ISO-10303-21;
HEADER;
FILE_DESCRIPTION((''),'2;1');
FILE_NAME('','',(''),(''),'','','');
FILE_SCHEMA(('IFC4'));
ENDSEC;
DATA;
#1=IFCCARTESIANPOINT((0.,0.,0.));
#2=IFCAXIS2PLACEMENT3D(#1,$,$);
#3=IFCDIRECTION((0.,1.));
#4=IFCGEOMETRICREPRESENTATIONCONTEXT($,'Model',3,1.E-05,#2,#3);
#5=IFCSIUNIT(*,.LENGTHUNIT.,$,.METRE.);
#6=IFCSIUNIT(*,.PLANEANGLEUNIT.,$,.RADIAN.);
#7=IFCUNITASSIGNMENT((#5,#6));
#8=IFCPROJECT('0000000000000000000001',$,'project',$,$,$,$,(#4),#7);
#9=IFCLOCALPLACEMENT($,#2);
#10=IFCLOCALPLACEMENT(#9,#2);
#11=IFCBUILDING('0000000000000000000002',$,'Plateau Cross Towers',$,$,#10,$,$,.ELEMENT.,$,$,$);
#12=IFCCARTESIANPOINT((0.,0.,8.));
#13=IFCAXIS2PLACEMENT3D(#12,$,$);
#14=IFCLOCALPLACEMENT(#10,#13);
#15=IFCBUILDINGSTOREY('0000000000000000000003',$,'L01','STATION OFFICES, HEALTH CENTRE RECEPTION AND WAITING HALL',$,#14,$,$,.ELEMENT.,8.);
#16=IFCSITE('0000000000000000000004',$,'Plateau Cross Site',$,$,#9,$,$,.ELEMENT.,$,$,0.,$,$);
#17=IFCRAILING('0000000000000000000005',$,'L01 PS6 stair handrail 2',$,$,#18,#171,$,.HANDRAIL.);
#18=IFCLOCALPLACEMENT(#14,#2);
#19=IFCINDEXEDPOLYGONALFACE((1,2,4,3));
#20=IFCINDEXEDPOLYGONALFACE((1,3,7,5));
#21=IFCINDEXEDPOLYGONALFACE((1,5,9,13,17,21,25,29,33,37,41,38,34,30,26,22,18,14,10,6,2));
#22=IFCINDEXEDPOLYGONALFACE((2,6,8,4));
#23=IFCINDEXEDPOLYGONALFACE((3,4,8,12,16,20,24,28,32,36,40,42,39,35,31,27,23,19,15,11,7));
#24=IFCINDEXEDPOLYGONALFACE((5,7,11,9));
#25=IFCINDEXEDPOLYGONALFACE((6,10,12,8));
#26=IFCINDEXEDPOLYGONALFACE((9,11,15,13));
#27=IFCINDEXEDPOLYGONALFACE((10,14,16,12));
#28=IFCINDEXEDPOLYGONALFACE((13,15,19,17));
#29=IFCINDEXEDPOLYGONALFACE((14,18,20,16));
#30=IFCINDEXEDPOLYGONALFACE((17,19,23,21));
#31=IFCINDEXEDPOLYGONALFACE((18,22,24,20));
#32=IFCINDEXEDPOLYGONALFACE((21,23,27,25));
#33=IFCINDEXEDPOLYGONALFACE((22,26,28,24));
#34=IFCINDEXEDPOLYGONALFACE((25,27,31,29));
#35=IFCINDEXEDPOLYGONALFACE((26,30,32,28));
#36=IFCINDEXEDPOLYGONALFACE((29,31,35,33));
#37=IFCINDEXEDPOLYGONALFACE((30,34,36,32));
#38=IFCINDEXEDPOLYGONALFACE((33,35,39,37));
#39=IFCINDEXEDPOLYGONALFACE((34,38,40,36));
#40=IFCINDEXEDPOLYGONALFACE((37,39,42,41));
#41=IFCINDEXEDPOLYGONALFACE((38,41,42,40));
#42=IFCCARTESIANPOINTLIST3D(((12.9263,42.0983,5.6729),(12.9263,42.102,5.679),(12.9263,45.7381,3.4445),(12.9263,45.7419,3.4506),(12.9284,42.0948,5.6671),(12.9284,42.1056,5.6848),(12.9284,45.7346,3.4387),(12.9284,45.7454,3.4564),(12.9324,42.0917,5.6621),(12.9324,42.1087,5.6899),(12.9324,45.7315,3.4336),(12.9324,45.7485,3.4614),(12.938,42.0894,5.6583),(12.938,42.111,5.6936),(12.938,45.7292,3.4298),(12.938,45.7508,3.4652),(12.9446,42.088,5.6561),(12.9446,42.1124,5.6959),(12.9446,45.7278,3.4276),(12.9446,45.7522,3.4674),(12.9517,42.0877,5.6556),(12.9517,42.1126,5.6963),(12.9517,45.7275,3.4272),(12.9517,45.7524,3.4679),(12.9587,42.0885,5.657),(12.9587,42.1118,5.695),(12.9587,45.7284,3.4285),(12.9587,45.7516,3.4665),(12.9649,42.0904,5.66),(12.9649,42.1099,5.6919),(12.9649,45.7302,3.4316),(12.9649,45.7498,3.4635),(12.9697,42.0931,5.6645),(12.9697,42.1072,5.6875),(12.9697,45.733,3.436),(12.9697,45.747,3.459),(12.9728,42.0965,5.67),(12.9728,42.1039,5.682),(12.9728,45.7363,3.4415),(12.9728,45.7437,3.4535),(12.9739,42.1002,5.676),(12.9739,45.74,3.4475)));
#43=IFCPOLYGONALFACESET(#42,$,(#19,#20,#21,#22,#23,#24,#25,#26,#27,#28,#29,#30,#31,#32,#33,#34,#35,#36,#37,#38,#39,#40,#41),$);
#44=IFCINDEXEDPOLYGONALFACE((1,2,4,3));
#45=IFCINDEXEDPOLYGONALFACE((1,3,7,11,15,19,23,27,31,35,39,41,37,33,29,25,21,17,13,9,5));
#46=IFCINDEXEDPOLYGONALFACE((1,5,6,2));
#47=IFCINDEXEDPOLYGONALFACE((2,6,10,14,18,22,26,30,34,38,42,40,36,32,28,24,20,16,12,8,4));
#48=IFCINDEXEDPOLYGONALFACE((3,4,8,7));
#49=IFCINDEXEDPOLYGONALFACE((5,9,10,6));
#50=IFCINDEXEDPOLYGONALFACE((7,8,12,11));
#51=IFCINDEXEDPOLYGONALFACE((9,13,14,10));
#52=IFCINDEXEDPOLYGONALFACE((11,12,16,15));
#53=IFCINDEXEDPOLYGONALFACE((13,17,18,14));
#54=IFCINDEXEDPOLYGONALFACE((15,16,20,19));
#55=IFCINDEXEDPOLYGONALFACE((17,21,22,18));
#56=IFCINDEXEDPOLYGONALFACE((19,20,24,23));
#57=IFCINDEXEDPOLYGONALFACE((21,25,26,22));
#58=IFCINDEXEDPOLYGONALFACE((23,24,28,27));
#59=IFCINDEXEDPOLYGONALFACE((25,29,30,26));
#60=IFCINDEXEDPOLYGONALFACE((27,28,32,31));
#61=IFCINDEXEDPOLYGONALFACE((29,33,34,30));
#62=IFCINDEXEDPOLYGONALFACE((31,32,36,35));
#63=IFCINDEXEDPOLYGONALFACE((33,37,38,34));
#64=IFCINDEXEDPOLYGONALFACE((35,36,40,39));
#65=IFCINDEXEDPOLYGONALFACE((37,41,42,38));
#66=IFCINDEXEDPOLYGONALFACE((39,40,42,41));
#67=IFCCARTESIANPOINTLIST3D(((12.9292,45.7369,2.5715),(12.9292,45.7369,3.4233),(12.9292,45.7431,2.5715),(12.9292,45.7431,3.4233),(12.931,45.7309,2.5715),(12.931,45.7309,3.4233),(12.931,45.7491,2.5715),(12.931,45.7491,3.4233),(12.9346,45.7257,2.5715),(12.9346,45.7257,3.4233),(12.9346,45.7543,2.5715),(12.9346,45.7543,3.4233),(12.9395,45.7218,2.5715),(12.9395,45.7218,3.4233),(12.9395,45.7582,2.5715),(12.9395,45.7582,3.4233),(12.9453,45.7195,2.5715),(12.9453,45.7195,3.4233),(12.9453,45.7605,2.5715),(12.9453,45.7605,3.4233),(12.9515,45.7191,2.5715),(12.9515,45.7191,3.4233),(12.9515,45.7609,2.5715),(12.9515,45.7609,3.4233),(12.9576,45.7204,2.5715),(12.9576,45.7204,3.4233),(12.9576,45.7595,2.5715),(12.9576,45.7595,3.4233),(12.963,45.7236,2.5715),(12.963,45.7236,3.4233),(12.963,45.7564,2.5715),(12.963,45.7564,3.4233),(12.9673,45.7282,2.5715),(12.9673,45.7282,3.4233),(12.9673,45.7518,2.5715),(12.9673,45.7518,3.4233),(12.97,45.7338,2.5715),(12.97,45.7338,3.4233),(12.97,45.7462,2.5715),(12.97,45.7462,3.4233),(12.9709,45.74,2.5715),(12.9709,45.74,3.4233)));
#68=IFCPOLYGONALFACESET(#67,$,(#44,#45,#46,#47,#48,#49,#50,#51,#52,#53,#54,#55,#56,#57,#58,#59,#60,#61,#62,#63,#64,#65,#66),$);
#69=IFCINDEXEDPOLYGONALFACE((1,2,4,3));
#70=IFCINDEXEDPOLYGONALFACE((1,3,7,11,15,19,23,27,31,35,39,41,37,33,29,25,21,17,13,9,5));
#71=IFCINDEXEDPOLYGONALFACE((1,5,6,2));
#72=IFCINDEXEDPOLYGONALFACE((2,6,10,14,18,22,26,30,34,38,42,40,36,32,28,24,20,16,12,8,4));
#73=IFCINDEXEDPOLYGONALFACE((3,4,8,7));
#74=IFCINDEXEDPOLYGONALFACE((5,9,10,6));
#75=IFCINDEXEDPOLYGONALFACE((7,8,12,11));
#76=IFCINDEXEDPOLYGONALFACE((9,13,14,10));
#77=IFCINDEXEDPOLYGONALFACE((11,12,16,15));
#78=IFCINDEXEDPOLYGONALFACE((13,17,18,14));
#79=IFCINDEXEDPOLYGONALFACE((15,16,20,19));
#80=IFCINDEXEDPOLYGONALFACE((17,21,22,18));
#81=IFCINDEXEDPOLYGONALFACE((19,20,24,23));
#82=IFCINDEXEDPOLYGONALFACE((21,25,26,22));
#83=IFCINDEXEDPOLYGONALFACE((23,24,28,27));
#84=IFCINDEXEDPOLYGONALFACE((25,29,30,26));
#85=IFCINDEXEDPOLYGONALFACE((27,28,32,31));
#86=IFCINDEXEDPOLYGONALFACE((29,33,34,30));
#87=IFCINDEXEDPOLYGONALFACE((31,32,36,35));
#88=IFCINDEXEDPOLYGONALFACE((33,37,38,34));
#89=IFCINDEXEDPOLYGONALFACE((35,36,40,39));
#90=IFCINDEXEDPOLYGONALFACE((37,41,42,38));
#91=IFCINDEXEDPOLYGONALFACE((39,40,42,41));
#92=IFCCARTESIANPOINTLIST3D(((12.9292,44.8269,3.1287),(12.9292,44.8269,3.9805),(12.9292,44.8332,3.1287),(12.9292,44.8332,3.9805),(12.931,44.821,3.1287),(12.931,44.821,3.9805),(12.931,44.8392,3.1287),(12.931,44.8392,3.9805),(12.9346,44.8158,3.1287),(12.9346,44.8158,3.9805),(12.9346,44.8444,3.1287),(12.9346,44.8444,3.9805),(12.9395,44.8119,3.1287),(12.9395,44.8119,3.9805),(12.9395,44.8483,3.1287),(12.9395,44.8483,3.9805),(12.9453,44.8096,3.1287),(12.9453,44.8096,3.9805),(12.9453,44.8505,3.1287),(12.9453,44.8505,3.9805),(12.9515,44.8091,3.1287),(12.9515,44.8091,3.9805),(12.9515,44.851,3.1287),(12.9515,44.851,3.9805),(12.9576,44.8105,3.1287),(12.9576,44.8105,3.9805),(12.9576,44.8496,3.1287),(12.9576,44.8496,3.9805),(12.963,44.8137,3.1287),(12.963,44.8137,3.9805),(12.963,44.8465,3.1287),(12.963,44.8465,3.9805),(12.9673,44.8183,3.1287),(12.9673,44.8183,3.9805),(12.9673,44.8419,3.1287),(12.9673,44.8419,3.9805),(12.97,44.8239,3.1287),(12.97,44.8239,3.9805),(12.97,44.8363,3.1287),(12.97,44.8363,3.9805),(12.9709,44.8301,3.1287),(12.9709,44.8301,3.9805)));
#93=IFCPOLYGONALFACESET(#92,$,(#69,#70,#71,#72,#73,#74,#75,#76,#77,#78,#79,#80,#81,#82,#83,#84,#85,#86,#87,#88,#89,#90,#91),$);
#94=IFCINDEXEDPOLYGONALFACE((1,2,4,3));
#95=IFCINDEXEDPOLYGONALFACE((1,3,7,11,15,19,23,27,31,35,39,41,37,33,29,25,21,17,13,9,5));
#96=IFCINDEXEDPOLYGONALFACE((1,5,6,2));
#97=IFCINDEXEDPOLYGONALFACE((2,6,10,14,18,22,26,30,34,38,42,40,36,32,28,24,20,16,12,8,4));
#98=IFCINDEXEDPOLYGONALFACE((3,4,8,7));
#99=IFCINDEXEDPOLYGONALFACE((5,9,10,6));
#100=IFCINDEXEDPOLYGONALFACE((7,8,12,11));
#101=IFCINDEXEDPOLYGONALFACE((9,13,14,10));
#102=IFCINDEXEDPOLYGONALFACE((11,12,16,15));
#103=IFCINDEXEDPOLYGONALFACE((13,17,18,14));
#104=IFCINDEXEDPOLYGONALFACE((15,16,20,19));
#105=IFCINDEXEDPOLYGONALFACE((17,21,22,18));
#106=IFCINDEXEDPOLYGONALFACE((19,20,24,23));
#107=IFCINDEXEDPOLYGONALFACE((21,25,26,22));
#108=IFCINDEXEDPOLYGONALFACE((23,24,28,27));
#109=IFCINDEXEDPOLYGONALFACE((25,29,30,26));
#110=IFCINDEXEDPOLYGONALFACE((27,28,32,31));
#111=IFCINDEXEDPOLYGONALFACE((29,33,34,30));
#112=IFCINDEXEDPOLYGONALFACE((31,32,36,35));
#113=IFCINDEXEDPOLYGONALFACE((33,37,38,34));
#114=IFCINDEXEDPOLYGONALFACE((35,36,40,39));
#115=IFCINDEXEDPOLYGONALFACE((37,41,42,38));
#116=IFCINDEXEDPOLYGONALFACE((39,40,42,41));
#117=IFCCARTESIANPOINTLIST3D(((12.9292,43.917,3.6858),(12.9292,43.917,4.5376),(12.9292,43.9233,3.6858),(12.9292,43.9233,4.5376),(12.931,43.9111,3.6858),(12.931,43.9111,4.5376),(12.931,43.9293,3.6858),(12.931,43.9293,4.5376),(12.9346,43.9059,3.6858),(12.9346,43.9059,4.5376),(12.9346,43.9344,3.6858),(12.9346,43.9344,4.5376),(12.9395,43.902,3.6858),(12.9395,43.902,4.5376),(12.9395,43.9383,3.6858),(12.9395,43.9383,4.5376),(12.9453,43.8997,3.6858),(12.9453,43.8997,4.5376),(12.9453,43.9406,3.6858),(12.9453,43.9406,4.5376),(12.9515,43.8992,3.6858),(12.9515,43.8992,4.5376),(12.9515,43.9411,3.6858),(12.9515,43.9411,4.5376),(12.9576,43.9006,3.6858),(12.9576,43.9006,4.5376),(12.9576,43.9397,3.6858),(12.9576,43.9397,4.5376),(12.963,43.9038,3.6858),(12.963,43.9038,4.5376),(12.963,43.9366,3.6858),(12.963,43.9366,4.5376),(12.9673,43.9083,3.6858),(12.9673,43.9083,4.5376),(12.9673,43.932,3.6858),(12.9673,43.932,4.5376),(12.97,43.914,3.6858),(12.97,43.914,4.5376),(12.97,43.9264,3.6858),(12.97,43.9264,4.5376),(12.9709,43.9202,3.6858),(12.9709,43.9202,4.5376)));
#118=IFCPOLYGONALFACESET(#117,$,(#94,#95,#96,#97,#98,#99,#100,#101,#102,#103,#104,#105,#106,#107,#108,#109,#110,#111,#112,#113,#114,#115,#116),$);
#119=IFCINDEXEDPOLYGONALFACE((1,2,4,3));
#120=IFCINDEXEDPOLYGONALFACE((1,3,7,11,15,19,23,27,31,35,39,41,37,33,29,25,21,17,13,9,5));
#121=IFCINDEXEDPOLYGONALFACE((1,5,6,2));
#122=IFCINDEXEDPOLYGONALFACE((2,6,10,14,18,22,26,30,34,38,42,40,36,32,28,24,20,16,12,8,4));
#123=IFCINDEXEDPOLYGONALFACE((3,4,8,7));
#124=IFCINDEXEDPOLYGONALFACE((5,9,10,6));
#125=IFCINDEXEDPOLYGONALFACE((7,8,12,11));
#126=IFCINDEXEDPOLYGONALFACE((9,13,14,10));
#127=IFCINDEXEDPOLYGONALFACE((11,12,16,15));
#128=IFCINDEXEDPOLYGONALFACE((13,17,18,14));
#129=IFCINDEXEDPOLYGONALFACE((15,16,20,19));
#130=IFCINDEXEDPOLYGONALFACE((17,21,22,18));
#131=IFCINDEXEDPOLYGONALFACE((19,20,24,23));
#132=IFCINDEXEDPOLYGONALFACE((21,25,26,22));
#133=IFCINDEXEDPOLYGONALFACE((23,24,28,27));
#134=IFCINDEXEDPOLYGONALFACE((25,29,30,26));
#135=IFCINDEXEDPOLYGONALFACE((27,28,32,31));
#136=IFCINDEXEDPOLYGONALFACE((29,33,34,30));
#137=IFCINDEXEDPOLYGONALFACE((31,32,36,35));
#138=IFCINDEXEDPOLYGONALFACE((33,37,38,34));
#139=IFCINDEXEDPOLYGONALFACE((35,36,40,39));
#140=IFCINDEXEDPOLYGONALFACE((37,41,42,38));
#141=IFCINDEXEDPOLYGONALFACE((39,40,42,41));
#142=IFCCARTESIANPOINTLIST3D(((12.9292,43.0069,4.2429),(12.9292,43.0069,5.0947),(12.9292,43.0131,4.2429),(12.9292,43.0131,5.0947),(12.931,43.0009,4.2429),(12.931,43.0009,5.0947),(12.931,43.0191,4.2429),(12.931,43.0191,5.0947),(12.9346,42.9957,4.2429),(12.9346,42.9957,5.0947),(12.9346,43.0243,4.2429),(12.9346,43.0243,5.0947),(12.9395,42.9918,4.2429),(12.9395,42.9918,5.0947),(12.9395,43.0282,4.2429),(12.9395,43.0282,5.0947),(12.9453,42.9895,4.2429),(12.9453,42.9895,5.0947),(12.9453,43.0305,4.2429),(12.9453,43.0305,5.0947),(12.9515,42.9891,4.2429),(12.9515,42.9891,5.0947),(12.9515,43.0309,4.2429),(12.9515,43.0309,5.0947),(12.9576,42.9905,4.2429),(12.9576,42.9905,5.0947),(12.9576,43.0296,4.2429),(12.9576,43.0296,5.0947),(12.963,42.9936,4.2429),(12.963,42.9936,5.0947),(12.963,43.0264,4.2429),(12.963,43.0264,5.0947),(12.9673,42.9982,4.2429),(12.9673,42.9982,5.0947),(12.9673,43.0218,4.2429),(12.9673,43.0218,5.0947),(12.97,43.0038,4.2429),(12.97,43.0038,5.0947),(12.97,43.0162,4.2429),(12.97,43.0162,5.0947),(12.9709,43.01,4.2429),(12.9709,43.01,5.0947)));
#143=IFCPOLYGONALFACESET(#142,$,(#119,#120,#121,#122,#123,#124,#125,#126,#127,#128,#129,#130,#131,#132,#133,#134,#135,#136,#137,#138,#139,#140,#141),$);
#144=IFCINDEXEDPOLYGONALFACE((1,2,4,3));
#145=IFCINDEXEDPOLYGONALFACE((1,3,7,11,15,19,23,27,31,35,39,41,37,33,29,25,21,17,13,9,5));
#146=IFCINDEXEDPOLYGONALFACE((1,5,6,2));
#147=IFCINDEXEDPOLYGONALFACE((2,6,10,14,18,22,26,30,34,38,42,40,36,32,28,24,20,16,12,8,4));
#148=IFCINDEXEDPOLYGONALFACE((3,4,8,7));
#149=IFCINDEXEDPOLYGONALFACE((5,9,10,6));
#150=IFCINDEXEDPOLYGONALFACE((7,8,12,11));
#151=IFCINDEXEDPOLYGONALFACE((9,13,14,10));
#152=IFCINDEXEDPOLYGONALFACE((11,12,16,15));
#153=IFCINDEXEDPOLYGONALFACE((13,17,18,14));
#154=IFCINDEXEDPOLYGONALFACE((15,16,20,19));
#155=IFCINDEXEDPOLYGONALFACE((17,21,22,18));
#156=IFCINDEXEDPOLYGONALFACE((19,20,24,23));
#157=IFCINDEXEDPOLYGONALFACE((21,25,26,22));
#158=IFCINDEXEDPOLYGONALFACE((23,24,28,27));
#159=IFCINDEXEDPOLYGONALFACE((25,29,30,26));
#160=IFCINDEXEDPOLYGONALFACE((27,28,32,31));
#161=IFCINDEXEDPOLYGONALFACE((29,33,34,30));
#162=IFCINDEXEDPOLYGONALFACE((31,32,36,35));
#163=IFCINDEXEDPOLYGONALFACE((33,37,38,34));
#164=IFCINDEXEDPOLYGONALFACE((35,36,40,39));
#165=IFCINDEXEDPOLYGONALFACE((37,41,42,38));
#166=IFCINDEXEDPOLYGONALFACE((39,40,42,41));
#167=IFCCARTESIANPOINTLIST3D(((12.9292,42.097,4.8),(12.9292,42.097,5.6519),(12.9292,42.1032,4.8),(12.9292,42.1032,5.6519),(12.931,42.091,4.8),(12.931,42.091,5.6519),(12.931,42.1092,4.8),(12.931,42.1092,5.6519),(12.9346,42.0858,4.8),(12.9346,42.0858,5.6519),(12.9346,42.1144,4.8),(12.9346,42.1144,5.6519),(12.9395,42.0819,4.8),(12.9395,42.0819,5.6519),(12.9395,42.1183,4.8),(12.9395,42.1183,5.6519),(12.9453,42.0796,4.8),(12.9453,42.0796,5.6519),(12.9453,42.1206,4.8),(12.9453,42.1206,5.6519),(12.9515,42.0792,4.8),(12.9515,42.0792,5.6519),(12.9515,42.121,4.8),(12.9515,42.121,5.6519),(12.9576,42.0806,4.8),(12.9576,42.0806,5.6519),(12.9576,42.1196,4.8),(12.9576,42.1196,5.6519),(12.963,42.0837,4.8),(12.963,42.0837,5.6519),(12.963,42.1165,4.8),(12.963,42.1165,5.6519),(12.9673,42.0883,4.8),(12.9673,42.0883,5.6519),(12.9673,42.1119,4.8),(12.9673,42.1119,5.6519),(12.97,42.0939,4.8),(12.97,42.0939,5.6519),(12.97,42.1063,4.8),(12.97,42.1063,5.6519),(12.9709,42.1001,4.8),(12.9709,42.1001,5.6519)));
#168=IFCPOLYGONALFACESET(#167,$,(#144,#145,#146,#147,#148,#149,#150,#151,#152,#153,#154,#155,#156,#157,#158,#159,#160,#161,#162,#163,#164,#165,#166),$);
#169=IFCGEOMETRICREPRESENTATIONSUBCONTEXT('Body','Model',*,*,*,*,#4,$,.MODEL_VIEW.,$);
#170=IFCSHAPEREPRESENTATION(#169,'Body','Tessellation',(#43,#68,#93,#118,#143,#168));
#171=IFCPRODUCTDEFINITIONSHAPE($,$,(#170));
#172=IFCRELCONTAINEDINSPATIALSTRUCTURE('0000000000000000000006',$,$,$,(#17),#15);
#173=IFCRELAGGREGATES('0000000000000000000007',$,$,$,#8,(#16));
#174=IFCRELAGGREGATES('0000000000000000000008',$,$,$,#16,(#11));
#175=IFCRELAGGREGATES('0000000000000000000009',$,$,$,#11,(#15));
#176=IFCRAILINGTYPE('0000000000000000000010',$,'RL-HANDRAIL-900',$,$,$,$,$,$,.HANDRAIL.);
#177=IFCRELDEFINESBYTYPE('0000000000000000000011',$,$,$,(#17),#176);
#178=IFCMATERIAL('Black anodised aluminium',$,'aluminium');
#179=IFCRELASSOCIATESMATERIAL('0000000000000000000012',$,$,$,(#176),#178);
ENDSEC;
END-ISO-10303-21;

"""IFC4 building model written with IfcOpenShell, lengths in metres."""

from ifc_helpers import new_model, si_unit, direction, frame, origin, origin_2d, place, context, subcontext, project, spatial, circle, extrude, material, type_object, element, save


model = new_model("IFC4")

# Units and contexts
model_context = context("Model", 3, precision=1e-05, world=origin(), true_north=direction((0.0, 1.0)))
body_context = subcontext(model_context, "Body", "Model", "MODEL_VIEW")
ifc_project = project(units=[si_unit("LENGTHUNIT", "METRE"), si_unit("PLANEANGLEUNIT", "RADIAN")], contexts=[model_context])

# Site, building, storey
site_placement = place(None, origin())
site = spatial("IfcSite", under=ifc_project, at=site_placement, Name="Plateau Cross Site", CompositionType="ELEMENT", RefElevation=0.0)
building_placement = place(site_placement, origin())
building = spatial("IfcBuilding", under=site, at=building_placement, Name="Plateau Cross Towers", CompositionType="ELEMENT")
storey_placement = place(building_placement, frame((0.0, 0.0, 8.0)))
storey = spatial("IfcBuildingStorey", under=building, at=storey_placement, Name="L01", Description="STATION OFFICES, HEALTH CENTRE RECEPTION AND WAITING HALL", CompositionType="ELEMENT", Elevation=8.0)

# Shared definitions
ifc_material_1 = material(Name="Black anodised aluminium", Category="aluminium")

# Railing
railing_type_1 = type_object("IfcRailingType", Name="RL-HANDRAIL-900", PredefinedType="HANDRAIL", material=ifc_material_1)
railing_1_placement = place(storey_placement, frame((12.95, 45.74, 2.5715)))
element("IfcRailing", 1, at=railing_1_placement, inside=storey, type_object=railing_type_1, Name="L01 PS6 stair handrail 2", PredefinedType="HANDRAIL", context=body_context, shape_type="SweptSolid", body=[
    extrude(circle(Radius=0.0239, at=origin_2d()), frame((0.0, 0.0, 0.876), z_axis=(0.0, -0.85285, 0.522156), x_axis=(1.0, 0.0, 0.0)), (0.0, 0.0, 1.0), 4.2678),
    extrude(circle(Radius=0.021, at=origin_2d()), origin(), (0.0, 0.0, 1.0), 0.8518),
    extrude(circle(Radius=0.021, at=origin_2d()), frame((0.0, -0.9099, 0.5571)), (0.0, 0.0, 1.0), 0.8518),
    extrude(circle(Radius=0.021, at=origin_2d()), frame((0.0, -1.8198, 1.1143)), (0.0, 0.0, 1.0), 0.8518),
    extrude(circle(Radius=0.021, at=origin_2d()), frame((0.0, -2.73, 1.6714)), (0.0, 0.0, 1.0), 0.8518),
    extrude(circle(Radius=0.021, at=origin_2d()), frame((0.0, -3.6399, 2.2285)), (0.0, 0.0, 1.0), 0.8518),
])

save(model, "model.ifc")
